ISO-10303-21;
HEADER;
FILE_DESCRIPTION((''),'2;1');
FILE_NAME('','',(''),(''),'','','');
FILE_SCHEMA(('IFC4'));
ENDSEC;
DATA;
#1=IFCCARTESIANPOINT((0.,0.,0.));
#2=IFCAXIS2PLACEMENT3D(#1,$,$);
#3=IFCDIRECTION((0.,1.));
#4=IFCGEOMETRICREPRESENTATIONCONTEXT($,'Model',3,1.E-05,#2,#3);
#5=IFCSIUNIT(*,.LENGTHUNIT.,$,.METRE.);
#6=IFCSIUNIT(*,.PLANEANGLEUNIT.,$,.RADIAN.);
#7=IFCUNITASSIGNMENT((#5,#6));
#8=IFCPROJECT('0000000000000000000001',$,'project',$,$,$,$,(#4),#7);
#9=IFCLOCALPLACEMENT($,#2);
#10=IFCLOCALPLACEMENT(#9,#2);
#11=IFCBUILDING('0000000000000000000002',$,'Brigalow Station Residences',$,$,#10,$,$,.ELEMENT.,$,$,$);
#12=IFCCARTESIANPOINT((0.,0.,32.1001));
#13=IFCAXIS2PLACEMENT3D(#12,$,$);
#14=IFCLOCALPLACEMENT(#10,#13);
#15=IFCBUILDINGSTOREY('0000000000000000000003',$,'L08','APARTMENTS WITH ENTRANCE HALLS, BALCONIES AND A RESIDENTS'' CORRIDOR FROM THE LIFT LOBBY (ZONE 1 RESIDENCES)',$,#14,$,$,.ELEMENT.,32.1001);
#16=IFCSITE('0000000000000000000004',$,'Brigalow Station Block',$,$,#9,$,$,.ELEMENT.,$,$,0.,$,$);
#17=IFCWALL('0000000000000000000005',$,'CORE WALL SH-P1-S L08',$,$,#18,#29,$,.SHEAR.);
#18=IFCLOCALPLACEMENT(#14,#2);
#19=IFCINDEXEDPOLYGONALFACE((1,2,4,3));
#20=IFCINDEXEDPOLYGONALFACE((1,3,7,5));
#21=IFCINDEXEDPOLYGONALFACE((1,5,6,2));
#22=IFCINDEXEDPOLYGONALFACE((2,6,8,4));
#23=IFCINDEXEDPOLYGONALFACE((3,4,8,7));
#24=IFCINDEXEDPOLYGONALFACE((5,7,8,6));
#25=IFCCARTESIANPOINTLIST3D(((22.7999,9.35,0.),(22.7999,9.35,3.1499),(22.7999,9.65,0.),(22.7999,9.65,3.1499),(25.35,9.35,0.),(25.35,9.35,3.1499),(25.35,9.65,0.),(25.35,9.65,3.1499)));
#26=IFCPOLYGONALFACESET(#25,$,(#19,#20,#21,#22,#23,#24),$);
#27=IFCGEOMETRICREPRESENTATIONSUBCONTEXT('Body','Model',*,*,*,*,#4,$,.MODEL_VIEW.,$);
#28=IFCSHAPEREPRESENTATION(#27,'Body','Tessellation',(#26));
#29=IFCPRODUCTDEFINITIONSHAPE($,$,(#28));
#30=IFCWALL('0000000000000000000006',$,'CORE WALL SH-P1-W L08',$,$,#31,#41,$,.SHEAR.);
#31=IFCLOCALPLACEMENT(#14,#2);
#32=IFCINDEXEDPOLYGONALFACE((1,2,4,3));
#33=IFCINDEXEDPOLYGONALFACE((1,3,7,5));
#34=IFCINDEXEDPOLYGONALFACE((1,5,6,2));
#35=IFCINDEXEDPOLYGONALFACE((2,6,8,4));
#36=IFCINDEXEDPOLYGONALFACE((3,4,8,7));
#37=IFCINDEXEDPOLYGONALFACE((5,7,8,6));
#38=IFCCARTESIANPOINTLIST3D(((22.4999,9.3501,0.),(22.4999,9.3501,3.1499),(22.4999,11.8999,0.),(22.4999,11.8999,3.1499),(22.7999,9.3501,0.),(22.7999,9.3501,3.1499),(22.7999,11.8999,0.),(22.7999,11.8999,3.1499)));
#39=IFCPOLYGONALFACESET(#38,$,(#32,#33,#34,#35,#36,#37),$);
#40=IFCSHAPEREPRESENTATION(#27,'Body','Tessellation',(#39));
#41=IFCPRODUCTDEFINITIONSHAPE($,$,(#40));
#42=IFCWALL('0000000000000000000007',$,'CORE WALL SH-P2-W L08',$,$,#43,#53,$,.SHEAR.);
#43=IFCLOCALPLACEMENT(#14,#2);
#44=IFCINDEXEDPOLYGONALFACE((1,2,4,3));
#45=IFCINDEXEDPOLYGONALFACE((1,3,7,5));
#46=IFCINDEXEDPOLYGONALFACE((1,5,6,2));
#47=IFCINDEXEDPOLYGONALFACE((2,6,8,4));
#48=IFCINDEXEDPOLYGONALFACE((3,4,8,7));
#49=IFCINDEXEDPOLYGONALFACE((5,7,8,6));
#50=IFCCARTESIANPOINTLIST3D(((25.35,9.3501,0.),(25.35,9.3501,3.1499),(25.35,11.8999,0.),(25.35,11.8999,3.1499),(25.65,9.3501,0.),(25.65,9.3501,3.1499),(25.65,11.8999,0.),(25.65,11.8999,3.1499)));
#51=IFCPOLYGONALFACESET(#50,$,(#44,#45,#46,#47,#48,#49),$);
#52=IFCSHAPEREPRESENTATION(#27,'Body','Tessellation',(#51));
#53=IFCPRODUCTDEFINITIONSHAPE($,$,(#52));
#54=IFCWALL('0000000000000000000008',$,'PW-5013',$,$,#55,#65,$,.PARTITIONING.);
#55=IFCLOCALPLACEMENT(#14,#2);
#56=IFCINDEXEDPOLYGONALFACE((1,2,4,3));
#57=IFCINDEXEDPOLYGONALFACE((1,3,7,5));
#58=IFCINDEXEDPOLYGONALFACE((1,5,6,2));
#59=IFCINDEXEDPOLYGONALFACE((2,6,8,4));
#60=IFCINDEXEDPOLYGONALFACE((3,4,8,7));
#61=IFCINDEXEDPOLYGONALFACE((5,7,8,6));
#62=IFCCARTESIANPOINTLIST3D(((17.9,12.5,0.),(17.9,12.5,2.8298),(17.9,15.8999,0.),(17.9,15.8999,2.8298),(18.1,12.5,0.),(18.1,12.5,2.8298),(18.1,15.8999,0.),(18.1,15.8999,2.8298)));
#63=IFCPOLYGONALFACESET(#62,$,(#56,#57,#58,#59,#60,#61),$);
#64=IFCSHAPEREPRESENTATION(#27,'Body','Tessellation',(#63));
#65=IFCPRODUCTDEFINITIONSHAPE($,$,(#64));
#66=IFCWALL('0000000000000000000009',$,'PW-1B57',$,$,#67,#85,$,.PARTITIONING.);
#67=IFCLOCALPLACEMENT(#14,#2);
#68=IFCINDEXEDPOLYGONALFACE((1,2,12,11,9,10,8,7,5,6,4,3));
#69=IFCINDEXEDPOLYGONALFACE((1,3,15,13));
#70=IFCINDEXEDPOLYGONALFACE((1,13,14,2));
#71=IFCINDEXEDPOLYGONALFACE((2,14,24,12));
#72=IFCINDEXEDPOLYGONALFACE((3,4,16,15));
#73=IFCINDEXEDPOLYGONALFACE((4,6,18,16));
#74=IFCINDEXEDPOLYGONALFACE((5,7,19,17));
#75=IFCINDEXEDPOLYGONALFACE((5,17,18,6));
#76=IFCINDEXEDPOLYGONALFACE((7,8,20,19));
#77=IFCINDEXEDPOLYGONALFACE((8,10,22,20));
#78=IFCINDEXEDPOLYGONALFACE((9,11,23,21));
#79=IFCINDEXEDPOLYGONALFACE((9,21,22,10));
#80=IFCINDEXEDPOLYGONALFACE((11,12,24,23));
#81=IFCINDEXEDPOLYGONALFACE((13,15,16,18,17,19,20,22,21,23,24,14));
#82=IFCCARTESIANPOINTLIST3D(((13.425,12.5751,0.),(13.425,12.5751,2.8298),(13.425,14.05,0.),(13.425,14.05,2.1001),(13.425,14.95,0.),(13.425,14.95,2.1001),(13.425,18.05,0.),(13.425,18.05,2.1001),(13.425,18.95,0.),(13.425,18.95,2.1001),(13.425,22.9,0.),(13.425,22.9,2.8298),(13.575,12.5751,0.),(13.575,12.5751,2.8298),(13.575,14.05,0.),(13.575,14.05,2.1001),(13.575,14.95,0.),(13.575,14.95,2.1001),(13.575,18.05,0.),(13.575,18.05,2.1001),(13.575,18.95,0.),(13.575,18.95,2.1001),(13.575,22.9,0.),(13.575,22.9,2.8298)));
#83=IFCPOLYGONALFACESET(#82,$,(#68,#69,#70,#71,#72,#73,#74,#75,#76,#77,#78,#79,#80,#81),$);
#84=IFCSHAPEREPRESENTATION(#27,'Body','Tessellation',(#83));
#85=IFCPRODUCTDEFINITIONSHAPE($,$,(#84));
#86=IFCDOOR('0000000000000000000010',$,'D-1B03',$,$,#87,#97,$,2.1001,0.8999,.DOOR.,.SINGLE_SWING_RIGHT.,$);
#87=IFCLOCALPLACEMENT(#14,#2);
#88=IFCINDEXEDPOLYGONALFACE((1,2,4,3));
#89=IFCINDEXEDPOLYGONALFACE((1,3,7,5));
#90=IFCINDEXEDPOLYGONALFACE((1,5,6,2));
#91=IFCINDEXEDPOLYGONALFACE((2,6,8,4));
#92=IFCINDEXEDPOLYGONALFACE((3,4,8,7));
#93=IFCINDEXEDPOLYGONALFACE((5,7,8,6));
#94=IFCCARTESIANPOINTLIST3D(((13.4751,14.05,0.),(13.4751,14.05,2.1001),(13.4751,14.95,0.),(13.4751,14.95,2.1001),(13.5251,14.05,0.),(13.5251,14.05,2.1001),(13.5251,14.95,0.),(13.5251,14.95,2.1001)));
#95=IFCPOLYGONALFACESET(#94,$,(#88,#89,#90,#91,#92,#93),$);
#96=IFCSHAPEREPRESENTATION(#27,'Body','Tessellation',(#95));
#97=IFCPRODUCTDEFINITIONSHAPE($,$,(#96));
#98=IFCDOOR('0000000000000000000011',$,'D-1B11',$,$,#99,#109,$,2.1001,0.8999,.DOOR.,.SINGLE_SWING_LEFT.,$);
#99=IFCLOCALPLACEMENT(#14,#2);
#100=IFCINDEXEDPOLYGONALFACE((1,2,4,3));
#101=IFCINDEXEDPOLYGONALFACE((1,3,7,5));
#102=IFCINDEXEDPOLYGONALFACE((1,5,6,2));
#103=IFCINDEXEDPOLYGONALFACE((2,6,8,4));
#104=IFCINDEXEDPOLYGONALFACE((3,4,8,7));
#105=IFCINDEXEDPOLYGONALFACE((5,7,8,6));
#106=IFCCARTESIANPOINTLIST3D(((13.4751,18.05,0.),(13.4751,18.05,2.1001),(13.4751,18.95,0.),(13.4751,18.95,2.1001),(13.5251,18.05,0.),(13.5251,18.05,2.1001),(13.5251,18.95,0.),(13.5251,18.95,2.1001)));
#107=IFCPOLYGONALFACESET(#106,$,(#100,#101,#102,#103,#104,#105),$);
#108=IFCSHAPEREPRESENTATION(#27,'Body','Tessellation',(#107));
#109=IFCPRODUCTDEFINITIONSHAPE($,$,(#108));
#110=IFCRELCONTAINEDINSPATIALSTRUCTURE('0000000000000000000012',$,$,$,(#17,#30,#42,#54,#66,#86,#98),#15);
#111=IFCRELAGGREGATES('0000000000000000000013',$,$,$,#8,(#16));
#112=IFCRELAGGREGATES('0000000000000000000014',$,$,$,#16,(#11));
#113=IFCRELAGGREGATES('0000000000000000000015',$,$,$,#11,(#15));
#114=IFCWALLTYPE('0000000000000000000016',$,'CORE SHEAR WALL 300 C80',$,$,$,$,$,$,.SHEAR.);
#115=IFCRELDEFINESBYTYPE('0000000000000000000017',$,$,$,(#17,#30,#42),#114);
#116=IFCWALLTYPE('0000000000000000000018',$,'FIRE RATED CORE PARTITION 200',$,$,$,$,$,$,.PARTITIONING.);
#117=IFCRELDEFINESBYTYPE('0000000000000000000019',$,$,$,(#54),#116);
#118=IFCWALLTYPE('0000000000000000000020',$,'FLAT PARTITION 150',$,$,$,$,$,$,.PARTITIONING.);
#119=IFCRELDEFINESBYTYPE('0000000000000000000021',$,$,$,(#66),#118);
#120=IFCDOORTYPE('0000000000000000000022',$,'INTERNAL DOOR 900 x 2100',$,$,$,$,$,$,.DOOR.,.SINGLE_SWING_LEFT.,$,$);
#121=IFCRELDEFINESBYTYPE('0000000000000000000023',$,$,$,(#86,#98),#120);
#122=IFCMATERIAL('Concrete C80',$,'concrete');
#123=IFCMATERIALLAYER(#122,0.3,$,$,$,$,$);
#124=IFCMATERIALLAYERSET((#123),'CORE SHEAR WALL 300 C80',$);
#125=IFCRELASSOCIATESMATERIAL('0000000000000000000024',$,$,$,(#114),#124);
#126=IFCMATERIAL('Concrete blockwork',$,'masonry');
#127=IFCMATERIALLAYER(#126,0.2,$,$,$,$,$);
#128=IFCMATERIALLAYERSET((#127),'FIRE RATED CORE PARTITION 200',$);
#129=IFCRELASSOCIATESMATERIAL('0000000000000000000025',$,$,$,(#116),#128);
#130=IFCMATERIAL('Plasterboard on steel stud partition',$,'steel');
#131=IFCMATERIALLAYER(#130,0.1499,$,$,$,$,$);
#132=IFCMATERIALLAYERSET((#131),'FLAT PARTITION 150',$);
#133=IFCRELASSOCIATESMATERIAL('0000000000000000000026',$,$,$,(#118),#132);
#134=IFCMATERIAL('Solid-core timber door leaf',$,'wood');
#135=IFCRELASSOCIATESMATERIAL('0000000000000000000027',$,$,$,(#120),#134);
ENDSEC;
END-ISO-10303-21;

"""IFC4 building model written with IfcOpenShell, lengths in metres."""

from ifc_helpers import new_model, si_unit, direction, frame, frame_2d, origin, place, context, subcontext, project, spatial, rectangle, extrude, material, layer, layer_set, type_object, element, fill, save


model = new_model("IFC4")

# Units and contexts
model_context = context("Model", 3, precision=1e-05, world=origin(), true_north=direction((0.0, 1.0)))
body_context = subcontext(model_context, "Body", "Model", "MODEL_VIEW")
ifc_project = project(units=[si_unit("LENGTHUNIT", "METRE"), si_unit("PLANEANGLEUNIT", "RADIAN")], contexts=[model_context])

# Site, building, storey
site_placement = place(None, origin())
site = spatial("IfcSite", under=ifc_project, at=site_placement, Name="Brigalow Station Block", CompositionType="ELEMENT", RefElevation=0.0)
building_placement = place(site_placement, origin())
building = spatial("IfcBuilding", under=site, at=building_placement, Name="Brigalow Station Residences", CompositionType="ELEMENT")
storey_placement = place(building_placement, frame((0.0, 0.0, 32.1001)))
storey = spatial("IfcBuildingStorey", under=building, at=storey_placement, Name="L08", Description="APARTMENTS WITH ENTRANCE HALLS, BALCONIES AND A RESIDENTS' CORRIDOR FROM THE LIFT LOBBY (ZONE 1 RESIDENCES)", CompositionType="ELEMENT", Elevation=32.1001)

# Walls
ifc_material_1 = material(Name="Concrete C80", Category="concrete")
ifc_layer_1 = layer(ifc_material_1, 0.3)
ifc_layer_set_1 = layer_set([ifc_layer_1], Name="CORE SHEAR WALL 300 C80")
wall_type_1 = type_object("IfcWallType", Name="CORE SHEAR WALL 300 C80", PredefinedType="SHEAR", material=ifc_layer_set_1)
wall_1_placement = place(storey_placement, frame((22.8, 9.5, 0.0), z_axis=(0.0, 0.0, 1.0), x_axis=(1.0, 0.0, 0.0)))
element("IfcWall", 1, at=wall_1_placement, inside=storey, type_object=wall_type_1, Name="CORE WALL SH-P1-S L08", PredefinedType="SHEAR", context=body_context, shape_type="SweptSolid", body=[
    extrude(rectangle(XDim=2.55, YDim=0.3, at=frame_2d((1.2749, 0.0))), origin(), (0.0, 0.0, 1.0), 3.1499),
])
for number, where, z_axis, x_axis, name in (
    (2, (22.6499, 9.3501, 0.0), (0.0, 0.0, 1.0), (0.0, 1.0, 0.0), "CORE WALL SH-P1-W L08"),
    (3, (25.5, 9.3501, 0.0), (0.0, 0.0, 1.0), (0.0, 1.0, 0.0), "CORE WALL SH-P2-W L08"),
):
    element("IfcWall", number, at=place(storey_placement, frame(where, z_axis=z_axis, x_axis=x_axis)), inside=storey, type_object=wall_type_1, Name=name, PredefinedType="SHEAR", context=body_context, shape_type="SweptSolid", body=[
        extrude(rectangle(XDim=2.5498, YDim=0.3, at=frame_2d((1.2749, 0.0))), origin(), (0.0, 0.0, 1.0), 3.1499),
    ])

# Wall
ifc_material_2 = material(Name="Concrete blockwork", Category="masonry")
ifc_layer_2 = layer(ifc_material_2, 0.2)
ifc_layer_set_2 = layer_set([ifc_layer_2], Name="FIRE RATED CORE PARTITION 200")
wall_type_2 = type_object("IfcWallType", Name="FIRE RATED CORE PARTITION 200", PredefinedType="PARTITIONING", material=ifc_layer_set_2)
wall_2_placement = place(storey_placement, frame((18.0, 12.5, 0.0), z_axis=(0.0, 0.0, 1.0), x_axis=(0.0, 1.0, 0.0)))
element("IfcWall", 4, at=wall_2_placement, inside=storey, type_object=wall_type_2, Name="PW-5013", PredefinedType="PARTITIONING", context=body_context, shape_type="SweptSolid", body=[
    extrude(rectangle(XDim=3.3999, YDim=0.2, at=frame_2d((1.7, 0.0))), origin(), (0.0, 0.0, 1.0), 2.8298),
])

# Wall, openings, doors
ifc_material_3 = material(Name="Plasterboard on steel stud partition", Category="steel")
ifc_layer_3 = layer(ifc_material_3, 0.1499)
ifc_layer_set_3 = layer_set([ifc_layer_3], Name="FLAT PARTITION 150")
wall_type_3 = type_object("IfcWallType", Name="FLAT PARTITION 150", PredefinedType="PARTITIONING", material=ifc_layer_set_3)
wall_3_placement = place(storey_placement, frame((13.5, 12.575, 0.0), z_axis=(0.0, 0.0, 1.0), x_axis=(0.0, 1.0, 0.0)))
wall_3 = element("IfcWall", 5, at=wall_3_placement, inside=storey, type_object=wall_type_3, Name="PW-1B57", PredefinedType="PARTITIONING", context=body_context, shape_type="SweptSolid", body=[
    extrude(rectangle(XDim=10.325, YDim=0.1499, at=frame_2d((5.1626, 0.0))), origin(), (0.0, 0.0, 1.0), 2.8298),
])
opening_1_placement = place(wall_3_placement, frame((1.4751, 0.0, 0.0)))
opening_1 = element("IfcOpeningElement", 6, at=opening_1_placement, cuts=wall_3, PredefinedType="OPENING", context=body_context, shape_type="SweptSolid", body=[
    extrude(rectangle(XDim=0.8999, YDim=2.1001, at=frame_2d((0.45, 1.05))), frame((0.0, 0.085, 0.0), z_axis=(0.0, -1.0, 0.0), x_axis=(1.0, 0.0, 0.0)), (0.0, 0.0, 1.0), 0.1699),
])
opening_2_placement = place(wall_3_placement, frame((5.4751, 0.0, 0.0)))
opening_2 = element("IfcOpeningElement", 7, at=opening_2_placement, cuts=wall_3, PredefinedType="OPENING", context=body_context, shape_type="SweptSolid", body=[
    extrude(rectangle(XDim=0.8999, YDim=2.1001, at=frame_2d((0.45, 1.05))), frame((0.0, 0.085, 0.0), z_axis=(0.0, -1.0, 0.0), x_axis=(1.0, 0.0, 0.0)), (0.0, 0.0, 1.0), 0.1699),
])
ifc_material_4 = material(Name="Solid-core timber door leaf", Category="wood")
door_type_1 = type_object("IfcDoorType", Name="INTERNAL DOOR 900 x 2100", OperationType="SINGLE_SWING_LEFT", PredefinedType="DOOR", material=ifc_material_4)
door_1_placement = place(opening_1_placement, origin())
door_1 = element("IfcDoor", 8, at=door_1_placement, inside=storey, type_object=door_type_1, Name="D-1B03", OperationType="SINGLE_SWING_RIGHT", OverallHeight=2.1001, OverallWidth=0.8999, PredefinedType="DOOR", context=body_context, shape_type="SweptSolid", body=[
    extrude(rectangle(XDim=0.8999, YDim=2.1001, at=frame_2d((0.45, 1.05))), frame((0.0, 0.0249, 0.0), z_axis=(0.0, -1.0, 0.0), x_axis=(1.0, 0.0, 0.0)), (0.0, 0.0, 1.0), 0.05),
])
fill(opening_1, door_1)
door_2_placement = place(opening_2_placement, origin())
door_2 = element("IfcDoor", 9, at=door_2_placement, inside=storey, type_object=door_type_1, Name="D-1B11", OperationType="SINGLE_SWING_LEFT", OverallHeight=2.1001, OverallWidth=0.8999, PredefinedType="DOOR", context=body_context, shape_type="SweptSolid", body=[
    extrude(rectangle(XDim=0.8999, YDim=2.1001, at=frame_2d((0.45, 1.05))), frame((0.0, 0.0249, 0.0), z_axis=(0.0, -1.0, 0.0), x_axis=(1.0, 0.0, 0.0)), (0.0, 0.0, 1.0), 0.05),
])
fill(opening_2, door_2)

save(model, "model.ifc")
